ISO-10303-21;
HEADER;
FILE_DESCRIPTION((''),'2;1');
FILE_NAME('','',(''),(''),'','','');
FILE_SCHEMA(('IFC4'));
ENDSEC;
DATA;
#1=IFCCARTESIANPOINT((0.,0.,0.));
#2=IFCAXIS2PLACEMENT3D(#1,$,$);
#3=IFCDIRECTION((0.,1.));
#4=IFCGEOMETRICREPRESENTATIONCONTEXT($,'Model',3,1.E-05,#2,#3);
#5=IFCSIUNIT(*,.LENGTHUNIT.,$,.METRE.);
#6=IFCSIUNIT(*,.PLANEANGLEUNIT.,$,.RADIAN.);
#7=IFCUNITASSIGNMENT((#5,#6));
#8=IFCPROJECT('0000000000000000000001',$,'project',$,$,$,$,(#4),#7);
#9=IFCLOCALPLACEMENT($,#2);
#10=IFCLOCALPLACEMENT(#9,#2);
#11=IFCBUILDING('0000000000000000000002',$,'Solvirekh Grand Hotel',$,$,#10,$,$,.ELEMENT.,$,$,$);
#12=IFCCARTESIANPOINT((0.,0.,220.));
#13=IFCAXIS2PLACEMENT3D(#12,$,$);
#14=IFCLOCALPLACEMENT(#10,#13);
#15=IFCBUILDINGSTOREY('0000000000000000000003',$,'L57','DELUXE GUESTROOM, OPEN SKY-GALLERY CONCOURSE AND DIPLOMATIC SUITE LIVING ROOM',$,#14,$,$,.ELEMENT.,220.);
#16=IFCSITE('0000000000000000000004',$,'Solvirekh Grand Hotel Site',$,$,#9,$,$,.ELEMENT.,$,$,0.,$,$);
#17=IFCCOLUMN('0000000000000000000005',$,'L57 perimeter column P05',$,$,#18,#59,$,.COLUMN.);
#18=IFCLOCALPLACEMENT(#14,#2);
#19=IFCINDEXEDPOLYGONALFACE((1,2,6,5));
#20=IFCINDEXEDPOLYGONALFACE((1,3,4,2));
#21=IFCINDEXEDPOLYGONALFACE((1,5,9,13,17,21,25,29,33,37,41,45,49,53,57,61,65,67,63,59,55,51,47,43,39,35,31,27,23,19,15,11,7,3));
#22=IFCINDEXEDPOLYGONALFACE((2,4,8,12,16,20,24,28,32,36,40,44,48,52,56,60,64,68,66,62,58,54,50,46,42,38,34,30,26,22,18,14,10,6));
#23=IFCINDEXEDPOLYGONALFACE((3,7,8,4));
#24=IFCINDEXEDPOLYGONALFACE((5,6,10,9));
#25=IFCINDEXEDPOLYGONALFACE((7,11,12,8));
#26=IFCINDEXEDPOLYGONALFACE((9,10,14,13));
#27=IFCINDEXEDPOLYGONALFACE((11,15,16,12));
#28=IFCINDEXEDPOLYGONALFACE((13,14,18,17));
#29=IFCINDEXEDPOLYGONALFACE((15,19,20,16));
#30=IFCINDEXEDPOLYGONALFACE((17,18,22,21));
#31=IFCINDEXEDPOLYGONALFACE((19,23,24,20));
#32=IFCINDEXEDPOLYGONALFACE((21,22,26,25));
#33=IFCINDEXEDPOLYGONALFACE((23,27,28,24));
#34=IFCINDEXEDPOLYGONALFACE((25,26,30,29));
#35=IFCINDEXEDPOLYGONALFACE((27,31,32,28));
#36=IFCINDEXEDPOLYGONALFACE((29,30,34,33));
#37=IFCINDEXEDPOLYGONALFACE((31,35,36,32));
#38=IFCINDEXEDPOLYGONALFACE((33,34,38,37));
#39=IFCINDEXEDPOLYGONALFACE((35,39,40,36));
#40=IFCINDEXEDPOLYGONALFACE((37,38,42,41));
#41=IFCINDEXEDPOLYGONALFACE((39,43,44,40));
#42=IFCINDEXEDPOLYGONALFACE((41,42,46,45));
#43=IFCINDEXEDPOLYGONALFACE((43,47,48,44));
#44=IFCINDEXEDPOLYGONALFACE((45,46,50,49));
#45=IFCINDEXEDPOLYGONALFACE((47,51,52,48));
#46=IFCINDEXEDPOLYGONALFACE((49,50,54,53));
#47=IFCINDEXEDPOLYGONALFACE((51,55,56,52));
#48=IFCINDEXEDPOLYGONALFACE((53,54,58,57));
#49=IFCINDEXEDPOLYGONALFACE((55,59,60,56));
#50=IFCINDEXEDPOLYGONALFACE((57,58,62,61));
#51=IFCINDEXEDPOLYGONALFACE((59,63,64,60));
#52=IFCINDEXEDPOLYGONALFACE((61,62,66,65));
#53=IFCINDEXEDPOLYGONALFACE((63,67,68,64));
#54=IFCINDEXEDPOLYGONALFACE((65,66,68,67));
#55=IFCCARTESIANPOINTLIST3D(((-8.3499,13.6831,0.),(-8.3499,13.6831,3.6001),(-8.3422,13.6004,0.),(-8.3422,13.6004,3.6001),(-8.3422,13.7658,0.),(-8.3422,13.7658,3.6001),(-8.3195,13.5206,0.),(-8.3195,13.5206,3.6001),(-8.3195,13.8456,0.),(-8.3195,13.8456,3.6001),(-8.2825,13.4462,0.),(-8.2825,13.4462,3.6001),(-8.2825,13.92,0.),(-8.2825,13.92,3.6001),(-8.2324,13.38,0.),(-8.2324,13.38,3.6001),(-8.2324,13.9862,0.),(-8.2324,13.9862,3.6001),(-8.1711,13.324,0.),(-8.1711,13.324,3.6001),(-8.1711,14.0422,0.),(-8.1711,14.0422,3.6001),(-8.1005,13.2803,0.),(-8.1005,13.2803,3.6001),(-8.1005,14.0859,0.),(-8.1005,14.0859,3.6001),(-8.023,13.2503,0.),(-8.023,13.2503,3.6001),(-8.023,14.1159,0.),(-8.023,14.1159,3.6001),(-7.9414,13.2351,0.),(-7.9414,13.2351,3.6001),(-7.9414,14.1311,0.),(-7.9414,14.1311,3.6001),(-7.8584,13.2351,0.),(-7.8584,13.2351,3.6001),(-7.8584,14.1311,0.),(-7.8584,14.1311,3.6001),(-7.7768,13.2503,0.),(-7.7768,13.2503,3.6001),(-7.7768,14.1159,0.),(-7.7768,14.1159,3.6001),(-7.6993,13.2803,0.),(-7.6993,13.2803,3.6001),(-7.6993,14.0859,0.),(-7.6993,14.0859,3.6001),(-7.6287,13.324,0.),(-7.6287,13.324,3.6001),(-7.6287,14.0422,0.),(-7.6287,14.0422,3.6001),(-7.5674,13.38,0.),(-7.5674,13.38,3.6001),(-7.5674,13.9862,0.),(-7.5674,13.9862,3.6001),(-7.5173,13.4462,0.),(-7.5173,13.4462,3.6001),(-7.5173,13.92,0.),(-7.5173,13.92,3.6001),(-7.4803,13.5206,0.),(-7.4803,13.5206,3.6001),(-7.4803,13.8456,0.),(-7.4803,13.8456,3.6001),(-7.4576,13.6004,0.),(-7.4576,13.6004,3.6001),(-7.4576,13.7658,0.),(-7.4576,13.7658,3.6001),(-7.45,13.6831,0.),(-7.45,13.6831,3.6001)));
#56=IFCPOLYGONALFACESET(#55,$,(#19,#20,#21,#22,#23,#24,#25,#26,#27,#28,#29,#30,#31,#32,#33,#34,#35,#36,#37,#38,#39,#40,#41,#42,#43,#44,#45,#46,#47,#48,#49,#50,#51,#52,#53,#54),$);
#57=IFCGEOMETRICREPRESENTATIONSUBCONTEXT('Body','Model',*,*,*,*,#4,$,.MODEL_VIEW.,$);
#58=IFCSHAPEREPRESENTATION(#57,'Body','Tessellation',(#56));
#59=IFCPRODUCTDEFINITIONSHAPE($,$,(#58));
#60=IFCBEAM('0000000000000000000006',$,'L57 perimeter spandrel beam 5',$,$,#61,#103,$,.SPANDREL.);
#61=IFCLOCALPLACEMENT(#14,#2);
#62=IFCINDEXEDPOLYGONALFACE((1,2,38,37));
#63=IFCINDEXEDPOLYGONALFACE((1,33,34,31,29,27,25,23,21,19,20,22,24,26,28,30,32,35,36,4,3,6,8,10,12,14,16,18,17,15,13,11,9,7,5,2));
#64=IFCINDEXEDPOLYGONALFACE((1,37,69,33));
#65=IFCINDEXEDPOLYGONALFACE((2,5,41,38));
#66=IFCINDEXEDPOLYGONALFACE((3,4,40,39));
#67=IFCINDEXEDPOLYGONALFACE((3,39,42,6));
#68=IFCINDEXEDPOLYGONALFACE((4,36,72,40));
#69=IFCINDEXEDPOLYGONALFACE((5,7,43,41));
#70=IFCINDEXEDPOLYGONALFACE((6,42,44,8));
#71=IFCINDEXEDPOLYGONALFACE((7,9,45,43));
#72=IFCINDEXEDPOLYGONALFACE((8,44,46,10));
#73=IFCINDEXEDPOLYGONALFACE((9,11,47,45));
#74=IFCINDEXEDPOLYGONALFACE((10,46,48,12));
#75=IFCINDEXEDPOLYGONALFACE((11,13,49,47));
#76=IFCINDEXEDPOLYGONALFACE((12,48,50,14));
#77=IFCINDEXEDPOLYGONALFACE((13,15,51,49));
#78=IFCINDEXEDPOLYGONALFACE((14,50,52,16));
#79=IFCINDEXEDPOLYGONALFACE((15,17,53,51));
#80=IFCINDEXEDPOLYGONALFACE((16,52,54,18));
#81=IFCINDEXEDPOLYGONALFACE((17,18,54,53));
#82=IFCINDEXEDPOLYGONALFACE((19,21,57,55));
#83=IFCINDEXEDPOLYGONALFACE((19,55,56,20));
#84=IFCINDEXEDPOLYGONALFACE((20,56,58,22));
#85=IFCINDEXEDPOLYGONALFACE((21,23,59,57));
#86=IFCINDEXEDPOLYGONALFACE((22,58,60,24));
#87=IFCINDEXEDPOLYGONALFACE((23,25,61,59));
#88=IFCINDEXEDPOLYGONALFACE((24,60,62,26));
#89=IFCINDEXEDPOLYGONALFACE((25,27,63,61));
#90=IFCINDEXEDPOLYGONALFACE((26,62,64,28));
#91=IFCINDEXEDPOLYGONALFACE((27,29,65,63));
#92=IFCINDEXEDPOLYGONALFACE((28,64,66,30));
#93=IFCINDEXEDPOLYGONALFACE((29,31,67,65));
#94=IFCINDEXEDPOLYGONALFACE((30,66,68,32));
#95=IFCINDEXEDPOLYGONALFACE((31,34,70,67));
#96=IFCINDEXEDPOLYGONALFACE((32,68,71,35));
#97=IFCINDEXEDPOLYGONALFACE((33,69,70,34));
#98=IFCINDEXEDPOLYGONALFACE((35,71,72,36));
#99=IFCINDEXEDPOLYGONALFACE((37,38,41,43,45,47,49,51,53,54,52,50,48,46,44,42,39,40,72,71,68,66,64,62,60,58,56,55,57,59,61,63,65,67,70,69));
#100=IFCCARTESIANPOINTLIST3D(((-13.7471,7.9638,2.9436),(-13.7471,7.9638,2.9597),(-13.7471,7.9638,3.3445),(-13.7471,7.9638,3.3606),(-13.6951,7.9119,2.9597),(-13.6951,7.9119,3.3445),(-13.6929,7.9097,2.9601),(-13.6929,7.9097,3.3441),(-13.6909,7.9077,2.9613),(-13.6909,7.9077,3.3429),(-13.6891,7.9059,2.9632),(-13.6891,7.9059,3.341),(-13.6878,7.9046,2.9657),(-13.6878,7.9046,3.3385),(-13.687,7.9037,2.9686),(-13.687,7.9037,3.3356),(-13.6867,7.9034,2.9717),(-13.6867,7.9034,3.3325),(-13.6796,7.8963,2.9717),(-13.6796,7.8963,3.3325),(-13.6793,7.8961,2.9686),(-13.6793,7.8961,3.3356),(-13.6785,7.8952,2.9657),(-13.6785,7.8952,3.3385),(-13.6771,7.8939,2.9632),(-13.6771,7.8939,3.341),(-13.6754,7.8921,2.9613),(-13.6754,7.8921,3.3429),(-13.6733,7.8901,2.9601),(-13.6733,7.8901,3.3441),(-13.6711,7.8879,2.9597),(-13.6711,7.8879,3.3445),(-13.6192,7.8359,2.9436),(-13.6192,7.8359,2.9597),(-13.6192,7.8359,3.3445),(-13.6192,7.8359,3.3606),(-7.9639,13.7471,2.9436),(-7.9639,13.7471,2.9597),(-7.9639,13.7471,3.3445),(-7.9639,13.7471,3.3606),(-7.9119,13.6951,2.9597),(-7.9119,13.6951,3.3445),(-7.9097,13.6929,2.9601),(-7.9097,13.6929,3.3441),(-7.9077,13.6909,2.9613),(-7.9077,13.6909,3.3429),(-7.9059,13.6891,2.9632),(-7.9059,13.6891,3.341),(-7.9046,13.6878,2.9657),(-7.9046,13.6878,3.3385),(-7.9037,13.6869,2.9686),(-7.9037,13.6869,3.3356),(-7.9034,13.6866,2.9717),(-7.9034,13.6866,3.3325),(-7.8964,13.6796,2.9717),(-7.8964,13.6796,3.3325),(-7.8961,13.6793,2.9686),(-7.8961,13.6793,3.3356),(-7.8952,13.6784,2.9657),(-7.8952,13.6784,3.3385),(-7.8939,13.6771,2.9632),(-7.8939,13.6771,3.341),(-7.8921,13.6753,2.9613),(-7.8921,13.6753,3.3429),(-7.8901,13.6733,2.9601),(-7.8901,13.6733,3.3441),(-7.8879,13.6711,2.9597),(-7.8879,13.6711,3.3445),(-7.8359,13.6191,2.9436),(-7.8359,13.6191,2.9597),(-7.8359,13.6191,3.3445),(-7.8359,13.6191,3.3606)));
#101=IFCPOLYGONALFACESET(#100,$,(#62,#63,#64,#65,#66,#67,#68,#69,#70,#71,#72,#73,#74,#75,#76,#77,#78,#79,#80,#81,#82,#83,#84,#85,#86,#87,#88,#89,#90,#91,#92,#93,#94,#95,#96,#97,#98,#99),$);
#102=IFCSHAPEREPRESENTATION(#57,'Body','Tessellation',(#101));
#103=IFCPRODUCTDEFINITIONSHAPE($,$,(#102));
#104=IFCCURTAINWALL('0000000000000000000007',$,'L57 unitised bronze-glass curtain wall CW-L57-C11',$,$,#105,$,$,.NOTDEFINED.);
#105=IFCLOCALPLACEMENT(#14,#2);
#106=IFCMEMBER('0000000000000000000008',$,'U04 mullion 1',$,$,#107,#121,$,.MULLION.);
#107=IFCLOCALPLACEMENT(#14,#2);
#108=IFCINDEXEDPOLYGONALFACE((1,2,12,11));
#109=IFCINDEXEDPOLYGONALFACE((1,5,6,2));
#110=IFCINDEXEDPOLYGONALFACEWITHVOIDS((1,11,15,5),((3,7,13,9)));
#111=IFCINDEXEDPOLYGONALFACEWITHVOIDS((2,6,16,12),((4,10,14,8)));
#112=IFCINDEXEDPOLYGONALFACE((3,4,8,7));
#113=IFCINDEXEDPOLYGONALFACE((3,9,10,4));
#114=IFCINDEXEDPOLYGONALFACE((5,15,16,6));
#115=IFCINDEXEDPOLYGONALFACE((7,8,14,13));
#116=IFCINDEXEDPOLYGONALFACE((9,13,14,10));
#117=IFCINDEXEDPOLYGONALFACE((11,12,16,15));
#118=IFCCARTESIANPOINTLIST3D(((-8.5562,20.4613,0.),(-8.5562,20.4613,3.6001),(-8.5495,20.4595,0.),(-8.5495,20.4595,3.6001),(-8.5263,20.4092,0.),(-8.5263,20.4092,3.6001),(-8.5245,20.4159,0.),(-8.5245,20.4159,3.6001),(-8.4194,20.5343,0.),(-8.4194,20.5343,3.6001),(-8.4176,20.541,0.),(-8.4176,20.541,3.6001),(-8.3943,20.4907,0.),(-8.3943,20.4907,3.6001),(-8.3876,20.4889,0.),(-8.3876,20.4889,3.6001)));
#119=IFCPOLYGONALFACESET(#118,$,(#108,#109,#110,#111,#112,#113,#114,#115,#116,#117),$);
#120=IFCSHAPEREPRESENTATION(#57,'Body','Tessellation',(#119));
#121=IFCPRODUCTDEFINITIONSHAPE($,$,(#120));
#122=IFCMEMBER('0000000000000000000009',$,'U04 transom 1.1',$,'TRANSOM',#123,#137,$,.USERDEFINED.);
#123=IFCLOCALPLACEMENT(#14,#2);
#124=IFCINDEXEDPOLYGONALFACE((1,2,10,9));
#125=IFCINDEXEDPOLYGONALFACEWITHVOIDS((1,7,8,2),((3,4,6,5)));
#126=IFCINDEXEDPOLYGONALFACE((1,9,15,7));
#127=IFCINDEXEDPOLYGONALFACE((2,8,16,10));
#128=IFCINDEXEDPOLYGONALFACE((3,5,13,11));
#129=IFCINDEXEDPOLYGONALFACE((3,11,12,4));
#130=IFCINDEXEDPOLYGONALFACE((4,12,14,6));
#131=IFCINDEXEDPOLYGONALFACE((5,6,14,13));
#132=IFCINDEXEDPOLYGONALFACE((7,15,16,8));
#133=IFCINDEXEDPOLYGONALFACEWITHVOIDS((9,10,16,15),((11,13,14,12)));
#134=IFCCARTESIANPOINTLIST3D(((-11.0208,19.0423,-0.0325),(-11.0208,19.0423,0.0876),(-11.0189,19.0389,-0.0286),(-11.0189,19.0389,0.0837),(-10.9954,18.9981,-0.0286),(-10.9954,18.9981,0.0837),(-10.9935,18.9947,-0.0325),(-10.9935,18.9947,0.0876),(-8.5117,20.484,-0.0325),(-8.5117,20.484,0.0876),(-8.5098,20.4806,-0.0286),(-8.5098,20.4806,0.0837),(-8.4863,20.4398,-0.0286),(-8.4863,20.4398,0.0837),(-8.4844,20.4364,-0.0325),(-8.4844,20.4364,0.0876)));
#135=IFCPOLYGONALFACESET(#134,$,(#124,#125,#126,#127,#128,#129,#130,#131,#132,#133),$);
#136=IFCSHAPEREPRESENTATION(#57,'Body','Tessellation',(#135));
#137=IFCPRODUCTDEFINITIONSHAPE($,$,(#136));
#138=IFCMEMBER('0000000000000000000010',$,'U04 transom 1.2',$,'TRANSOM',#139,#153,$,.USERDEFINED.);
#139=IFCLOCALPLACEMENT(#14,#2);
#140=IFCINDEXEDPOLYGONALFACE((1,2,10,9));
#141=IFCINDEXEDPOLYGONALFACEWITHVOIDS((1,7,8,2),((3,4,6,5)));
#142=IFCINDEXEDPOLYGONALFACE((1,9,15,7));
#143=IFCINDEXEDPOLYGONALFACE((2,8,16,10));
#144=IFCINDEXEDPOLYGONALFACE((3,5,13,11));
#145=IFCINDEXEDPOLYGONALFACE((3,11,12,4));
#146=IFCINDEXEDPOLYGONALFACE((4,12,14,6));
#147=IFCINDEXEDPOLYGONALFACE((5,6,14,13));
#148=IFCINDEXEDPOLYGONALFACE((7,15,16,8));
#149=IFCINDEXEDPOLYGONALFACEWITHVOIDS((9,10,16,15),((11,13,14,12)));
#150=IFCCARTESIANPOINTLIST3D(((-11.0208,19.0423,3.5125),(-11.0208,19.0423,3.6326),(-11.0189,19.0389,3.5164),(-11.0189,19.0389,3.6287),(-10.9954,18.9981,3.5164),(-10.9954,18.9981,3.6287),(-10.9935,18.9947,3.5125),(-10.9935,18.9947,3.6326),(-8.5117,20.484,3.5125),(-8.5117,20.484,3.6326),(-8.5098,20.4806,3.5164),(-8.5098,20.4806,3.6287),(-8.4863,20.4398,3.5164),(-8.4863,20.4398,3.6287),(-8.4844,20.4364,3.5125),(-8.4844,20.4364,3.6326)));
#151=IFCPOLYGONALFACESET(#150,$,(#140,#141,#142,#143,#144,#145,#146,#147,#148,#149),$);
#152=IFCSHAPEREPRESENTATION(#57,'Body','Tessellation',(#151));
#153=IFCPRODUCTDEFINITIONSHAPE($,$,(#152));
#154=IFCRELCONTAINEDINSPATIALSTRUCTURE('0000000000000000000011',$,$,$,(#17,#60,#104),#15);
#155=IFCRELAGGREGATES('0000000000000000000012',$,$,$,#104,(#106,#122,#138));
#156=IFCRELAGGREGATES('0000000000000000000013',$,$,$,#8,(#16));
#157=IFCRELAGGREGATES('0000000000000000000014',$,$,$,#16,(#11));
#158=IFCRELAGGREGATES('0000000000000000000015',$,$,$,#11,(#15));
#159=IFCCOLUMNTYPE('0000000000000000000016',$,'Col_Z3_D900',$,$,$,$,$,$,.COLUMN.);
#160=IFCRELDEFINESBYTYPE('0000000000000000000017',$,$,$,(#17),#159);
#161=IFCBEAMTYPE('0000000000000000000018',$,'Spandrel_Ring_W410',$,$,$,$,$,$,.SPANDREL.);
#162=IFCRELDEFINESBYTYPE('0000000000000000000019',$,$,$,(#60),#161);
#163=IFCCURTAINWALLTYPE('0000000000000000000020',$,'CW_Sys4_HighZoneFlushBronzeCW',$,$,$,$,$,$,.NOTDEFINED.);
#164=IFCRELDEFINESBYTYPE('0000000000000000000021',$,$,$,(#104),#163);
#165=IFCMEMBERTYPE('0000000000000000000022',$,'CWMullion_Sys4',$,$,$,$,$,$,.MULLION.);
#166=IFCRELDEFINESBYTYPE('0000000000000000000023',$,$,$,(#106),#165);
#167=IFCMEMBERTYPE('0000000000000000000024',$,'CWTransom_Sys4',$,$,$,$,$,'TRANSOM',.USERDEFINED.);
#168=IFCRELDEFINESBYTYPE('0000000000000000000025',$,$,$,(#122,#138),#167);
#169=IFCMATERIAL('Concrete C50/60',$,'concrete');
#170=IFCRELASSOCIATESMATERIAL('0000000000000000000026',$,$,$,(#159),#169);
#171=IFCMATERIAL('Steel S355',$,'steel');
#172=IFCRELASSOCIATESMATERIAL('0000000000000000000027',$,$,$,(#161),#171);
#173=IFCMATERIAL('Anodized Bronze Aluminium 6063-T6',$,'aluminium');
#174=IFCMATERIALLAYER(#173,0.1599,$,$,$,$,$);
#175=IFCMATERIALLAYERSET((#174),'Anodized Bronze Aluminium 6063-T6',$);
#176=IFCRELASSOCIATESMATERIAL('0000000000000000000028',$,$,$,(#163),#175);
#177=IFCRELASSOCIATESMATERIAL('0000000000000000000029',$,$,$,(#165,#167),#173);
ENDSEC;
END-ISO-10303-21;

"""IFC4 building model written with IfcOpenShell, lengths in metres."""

from ifc_helpers import new_model, si_unit, direction, frame, origin, origin_2d, place, context, subcontext, project, spatial, hollow_rectangle, circle, i_section, extrude, source, transform, mapped, material, layer, layer_set, material_profile, profile_set, type_object, element, aggregate, save


model = new_model("IFC4")

# Units and contexts
model_context = context("Model", 3, precision=1e-05, world=origin(), true_north=direction((0.0, 1.0)))
body_context = subcontext(model_context, "Body", "Model", "MODEL_VIEW")
ifc_project = project(units=[si_unit("LENGTHUNIT", "METRE"), si_unit("PLANEANGLEUNIT", "RADIAN")], contexts=[model_context])

# Site, building, storey
site_placement = place(None, origin())
site = spatial("IfcSite", under=ifc_project, at=site_placement, Name="Solvirekh Grand Hotel Site", CompositionType="ELEMENT", RefElevation=0.0)
building_placement = place(site_placement, origin())
building = spatial("IfcBuilding", under=site, at=building_placement, Name="Solvirekh Grand Hotel", CompositionType="ELEMENT")
storey_placement = place(building_placement, frame((0.0, 0.0, 220.0)))
storey = spatial("IfcBuildingStorey", under=building, at=storey_placement, Name="L57", Description="DELUXE GUESTROOM, OPEN SKY-GALLERY CONCOURSE AND DIPLOMATIC SUITE LIVING ROOM", CompositionType="ELEMENT", Elevation=220.0)

# Column
ifc_material_1 = material(Name="Concrete C50/60", Category="concrete")
ifc_material_profile_1 = material_profile(ifc_material_1, circle(Radius=0.45, at=origin_2d()), Name="RC CIRC D900")
ifc_profile_set_1 = profile_set([ifc_material_profile_1], Name="Concrete C50/60")
column_type = type_object("IfcColumnType", Name="Col_Z3_D900", PredefinedType="COLUMN", material=ifc_profile_set_1)
column_placement = place(storey_placement, frame((-7.8999, 13.6831, 0.0), z_axis=(0.0, 0.0, 1.0), x_axis=(1.0, 0.0, 0.0)))
element("IfcColumn", 1, at=column_placement, inside=storey, type_object=column_type, Name="L57 perimeter column P05", PredefinedType="COLUMN", context=body_context, shape_type="SweptSolid", body=[
    extrude(circle(Radius=0.45, at=origin_2d()), origin(), (0.0, 0.0, 1.0), 3.6001),
])

# Beam
ifc_material_2 = material(Name="Steel S355", Category="steel")
ifc_material_profile_2 = material_profile(ifc_material_2, i_section(OverallWidth=0.1809, OverallDepth=0.417, WebThickness=0.01, FlangeThickness=0.0161, FilletRadius=0.012, at=origin_2d()), Name="W410X85")
ifc_profile_set_2 = profile_set([ifc_material_profile_2], Name="Steel S355")
beam_type = type_object("IfcBeamType", Name="Spandrel_Ring_W410", PredefinedType="SPANDREL", material=ifc_profile_set_2)
beam_placement = place(storey_placement, frame((-7.8999, 13.6831, 3.1521), z_axis=(-0.707107, -0.707107, 0.0), x_axis=(0.707107, -0.707107, 0.0)))
element("IfcBeam", 2, at=beam_placement, inside=storey, type_object=beam_type, Name="L57 perimeter spandrel beam 5", PredefinedType="SPANDREL", context=body_context, shape_type="SweptSolid", body=[
    extrude(i_section(OverallWidth=0.1809, OverallDepth=0.417, WebThickness=0.01, FlangeThickness=0.0161, FilletRadius=0.012, at=origin_2d()), origin(), (0.0, 0.0, 1.0), 8.1787),
])

# Curtain wall, members
ifc_material_3 = material(Name="Anodized Bronze Aluminium 6063-T6", Category="aluminium")
ifc_layer_1 = layer(ifc_material_3, 0.1599)
ifc_layer_set_1 = layer_set([ifc_layer_1], Name="Anodized Bronze Aluminium 6063-T6")
curtain_wall_type = type_object("IfcCurtainWallType", Name="CW_Sys4_HighZoneFlushBronzeCW", PredefinedType="NOTDEFINED", material=ifc_layer_set_1)
curtain_wall_placement = place(storey_placement, origin())
curtain_wall = element("IfcCurtainWall", 3, at=curtain_wall_placement, inside=storey, type_object=curtain_wall_type, Name="L57 unitised bronze-glass curtain wall CW-L57-C11", PredefinedType="NOTDEFINED")
ifc_material_profile_3 = material_profile(ifc_material_3, hollow_rectangle(XDim=0.0601, YDim=0.1599, WallThickness=0.0049, at=origin_2d()), Name="ALU RHS 160X60X5")
ifc_profile_set_3 = profile_set([ifc_material_profile_3], Name="Anodized Bronze Aluminium 6063-T6")
member_type_1 = type_object("IfcMemberType", Name="CWMullion_Sys4", PredefinedType="MULLION", material=ifc_profile_set_3)
shared_shape_1 = source(origin(), body_context, "Body", "SweptSolid", [
    extrude(hollow_rectangle(XDim=0.0601, YDim=0.1599, WallThickness=0.0049, at=origin_2d()), origin(), (0.0, 0.0, 1.0), 3.6001),
])
member_1_placement = place(storey_placement, frame((-8.4719, 20.4751, 0.0), z_axis=(0.0, 0.0, 1.0), x_axis=(0.498213, -0.867055, 0.0)))
member_1 = element("IfcMember", 4, at=member_1_placement, type_object=member_type_1, Name="U04 mullion 1", PredefinedType="MULLION", context=body_context, shape_type="MappedRepresentation", body=[
    mapped(shared_shape_1, transform((0.0, 0.0, 0.0), x_axis=(1.0, 0.0, 0.0), y_axis=(0.0, 1.0, 0.0), z_axis=(0.0, 0.0, 1.0), scale=1.0)),
])
ifc_material_profile_4 = material_profile(ifc_material_3, hollow_rectangle(XDim=0.0549, YDim=0.1201, WallThickness=0.0039, at=origin_2d()), Name="ALU RHS 120X55X4")
ifc_profile_set_4 = profile_set([ifc_material_profile_4], Name="Anodized Bronze Aluminium 6063-T6")
member_type_2 = type_object("IfcMemberType", Name="CWTransom_Sys4", ElementType="TRANSOM", PredefinedType="USERDEFINED", material=ifc_profile_set_4)
shared_shape_2 = source(origin(), body_context, "Body", "SweptSolid", [
    extrude(hollow_rectangle(XDim=0.0549, YDim=0.1201, WallThickness=0.0039, at=origin_2d()), origin(), (0.0, 0.0, 1.0), 2.8938),
])
member_2_placement = place(storey_placement, frame((-8.498, 20.4602, 0.0276), z_axis=(-0.867062, -0.4982, 0.0), x_axis=(0.4982, -0.867062, 0.0)))
member_2 = element("IfcMember", 5, at=member_2_placement, type_object=member_type_2, Name="U04 transom 1.1", ObjectType="TRANSOM", PredefinedType="USERDEFINED", context=body_context, shape_type="MappedRepresentation", body=[
    mapped(shared_shape_2, transform((0.0, 0.0, 0.0), x_axis=(1.0, 0.0, 0.0), y_axis=(0.0, 1.0, 0.0), z_axis=(0.0, 0.0, 1.0), scale=1.0)),
])
member_3_placement = place(storey_placement, frame((-8.498, 20.4602, 3.5725), z_axis=(-0.867062, -0.4982, 0.0), x_axis=(0.4982, -0.867062, 0.0)))
member_3 = element("IfcMember", 6, at=member_3_placement, type_object=member_type_2, Name="U04 transom 1.2", ObjectType="TRANSOM", PredefinedType="USERDEFINED", context=body_context, shape_type="MappedRepresentation", body=[
    mapped(shared_shape_2, transform((0.0, 0.0, 0.0), x_axis=(1.0, 0.0, 0.0), y_axis=(0.0, 1.0, 0.0), z_axis=(0.0, 0.0, 1.0), scale=1.0)),
])
aggregate(curtain_wall, [member_1, member_2, member_3])

save(model, "model.ifc")
